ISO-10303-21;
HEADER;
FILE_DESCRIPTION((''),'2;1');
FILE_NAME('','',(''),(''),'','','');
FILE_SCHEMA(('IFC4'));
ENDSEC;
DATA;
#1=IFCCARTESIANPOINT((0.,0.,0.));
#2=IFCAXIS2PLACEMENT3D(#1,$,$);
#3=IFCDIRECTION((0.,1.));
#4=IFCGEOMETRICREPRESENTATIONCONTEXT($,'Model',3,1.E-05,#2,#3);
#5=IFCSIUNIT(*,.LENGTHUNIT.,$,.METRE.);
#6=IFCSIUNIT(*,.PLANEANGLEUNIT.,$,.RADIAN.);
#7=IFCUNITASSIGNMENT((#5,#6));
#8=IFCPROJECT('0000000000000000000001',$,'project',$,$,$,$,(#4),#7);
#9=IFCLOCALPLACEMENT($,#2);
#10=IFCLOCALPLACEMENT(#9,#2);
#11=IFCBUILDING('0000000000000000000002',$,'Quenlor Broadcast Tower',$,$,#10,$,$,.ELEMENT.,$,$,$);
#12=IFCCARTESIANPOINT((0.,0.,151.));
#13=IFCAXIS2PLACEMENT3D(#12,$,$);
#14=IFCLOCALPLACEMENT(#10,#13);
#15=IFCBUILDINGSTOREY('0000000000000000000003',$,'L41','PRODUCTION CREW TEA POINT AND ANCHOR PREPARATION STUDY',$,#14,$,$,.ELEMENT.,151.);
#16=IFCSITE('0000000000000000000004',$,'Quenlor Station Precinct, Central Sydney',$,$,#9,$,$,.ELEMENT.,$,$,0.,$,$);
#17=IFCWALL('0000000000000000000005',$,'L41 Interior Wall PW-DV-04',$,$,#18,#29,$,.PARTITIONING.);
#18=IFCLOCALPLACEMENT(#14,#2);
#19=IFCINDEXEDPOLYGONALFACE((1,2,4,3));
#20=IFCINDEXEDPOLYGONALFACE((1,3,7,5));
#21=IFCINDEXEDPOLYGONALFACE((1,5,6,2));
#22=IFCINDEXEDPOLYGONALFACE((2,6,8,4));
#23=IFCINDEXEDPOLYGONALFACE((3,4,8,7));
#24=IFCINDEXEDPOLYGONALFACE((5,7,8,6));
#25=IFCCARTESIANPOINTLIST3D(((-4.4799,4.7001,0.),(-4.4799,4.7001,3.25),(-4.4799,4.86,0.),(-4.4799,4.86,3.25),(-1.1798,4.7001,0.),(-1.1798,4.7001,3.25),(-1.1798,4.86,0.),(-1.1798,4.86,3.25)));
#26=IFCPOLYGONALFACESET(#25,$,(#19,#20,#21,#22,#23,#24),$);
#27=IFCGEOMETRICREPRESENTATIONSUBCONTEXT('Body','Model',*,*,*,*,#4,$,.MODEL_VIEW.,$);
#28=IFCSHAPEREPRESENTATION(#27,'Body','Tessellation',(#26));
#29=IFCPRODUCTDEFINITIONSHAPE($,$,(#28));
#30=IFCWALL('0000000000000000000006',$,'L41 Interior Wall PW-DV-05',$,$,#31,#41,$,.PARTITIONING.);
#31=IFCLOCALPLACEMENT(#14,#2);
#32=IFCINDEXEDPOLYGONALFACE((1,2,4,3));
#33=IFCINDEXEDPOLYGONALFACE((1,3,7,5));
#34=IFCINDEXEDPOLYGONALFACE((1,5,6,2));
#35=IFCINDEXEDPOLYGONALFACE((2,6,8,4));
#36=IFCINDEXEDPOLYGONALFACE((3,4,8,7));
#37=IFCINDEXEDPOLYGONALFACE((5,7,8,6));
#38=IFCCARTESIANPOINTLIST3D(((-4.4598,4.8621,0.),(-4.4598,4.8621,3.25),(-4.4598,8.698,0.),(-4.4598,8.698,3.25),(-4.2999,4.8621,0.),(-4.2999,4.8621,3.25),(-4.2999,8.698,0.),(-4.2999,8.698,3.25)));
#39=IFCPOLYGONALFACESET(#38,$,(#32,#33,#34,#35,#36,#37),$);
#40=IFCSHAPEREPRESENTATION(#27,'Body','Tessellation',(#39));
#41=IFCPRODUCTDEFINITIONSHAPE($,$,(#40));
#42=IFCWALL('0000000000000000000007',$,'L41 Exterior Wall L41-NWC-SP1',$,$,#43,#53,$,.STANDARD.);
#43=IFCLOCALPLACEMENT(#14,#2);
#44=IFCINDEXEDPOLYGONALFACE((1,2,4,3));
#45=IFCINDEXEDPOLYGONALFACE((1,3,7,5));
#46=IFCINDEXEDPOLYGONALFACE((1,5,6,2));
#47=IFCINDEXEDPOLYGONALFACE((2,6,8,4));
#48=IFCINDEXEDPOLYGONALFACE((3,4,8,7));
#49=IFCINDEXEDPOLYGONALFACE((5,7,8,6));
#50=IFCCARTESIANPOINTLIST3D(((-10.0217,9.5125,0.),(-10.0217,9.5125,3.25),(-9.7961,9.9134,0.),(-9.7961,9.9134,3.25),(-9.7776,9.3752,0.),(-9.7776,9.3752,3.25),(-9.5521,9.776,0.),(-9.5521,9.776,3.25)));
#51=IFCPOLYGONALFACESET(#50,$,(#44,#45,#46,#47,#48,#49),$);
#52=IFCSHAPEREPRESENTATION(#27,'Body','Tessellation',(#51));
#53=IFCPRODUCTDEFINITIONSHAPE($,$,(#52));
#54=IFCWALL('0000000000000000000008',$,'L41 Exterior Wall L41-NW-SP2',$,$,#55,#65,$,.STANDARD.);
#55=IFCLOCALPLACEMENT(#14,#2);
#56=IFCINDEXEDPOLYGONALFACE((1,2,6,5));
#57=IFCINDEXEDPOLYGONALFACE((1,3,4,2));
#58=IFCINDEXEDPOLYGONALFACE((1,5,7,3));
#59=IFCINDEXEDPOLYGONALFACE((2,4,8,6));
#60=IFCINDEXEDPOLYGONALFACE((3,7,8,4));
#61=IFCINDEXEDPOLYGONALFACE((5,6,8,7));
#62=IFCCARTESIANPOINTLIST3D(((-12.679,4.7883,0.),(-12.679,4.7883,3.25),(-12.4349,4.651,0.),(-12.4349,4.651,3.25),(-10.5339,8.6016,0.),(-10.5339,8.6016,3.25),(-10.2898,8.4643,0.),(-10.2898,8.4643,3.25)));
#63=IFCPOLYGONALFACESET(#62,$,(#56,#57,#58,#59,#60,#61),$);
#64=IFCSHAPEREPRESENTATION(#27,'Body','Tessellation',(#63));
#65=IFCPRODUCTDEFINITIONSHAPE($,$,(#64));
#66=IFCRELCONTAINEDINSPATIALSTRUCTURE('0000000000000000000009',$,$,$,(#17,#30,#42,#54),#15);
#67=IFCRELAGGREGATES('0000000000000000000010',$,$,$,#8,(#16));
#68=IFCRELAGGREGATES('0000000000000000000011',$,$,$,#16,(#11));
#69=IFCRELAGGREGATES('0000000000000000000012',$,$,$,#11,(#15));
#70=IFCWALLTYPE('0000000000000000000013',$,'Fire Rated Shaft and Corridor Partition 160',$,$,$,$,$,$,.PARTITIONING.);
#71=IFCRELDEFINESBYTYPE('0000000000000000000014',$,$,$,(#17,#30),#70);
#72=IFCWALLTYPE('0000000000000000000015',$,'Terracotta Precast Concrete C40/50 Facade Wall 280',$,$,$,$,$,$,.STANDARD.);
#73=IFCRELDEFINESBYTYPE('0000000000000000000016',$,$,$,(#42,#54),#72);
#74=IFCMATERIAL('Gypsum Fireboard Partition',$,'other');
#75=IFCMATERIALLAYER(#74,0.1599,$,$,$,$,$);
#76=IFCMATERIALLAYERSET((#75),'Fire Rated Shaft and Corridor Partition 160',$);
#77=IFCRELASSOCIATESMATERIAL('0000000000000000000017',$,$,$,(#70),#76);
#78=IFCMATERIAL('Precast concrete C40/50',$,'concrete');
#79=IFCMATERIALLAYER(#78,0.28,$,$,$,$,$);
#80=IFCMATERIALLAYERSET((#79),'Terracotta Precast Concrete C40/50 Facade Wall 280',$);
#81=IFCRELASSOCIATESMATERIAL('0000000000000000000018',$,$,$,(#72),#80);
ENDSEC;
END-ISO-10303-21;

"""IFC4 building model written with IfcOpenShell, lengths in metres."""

from ifc_helpers import new_model, si_unit, direction, frame, frame_2d, origin, place, context, subcontext, project, spatial, rectangle, extrude, material, layer, layer_set, type_object, element, save


model = new_model("IFC4")

# Units and contexts
model_context = context("Model", 3, precision=1e-05, world=origin(), true_north=direction((0.0, 1.0)))
body_context = subcontext(model_context, "Body", "Model", "MODEL_VIEW")
ifc_project = project(units=[si_unit("LENGTHUNIT", "METRE"), si_unit("PLANEANGLEUNIT", "RADIAN")], contexts=[model_context])

# Site, building, storey
site_placement = place(None, origin())
site = spatial("IfcSite", under=ifc_project, at=site_placement, Name="Quenlor Station Precinct, Central Sydney", CompositionType="ELEMENT", RefElevation=0.0)
building_placement = place(site_placement, origin())
building = spatial("IfcBuilding", under=site, at=building_placement, Name="Quenlor Broadcast Tower", CompositionType="ELEMENT")
storey_placement = place(building_placement, frame((0.0, 0.0, 151.0)))
storey = spatial("IfcBuildingStorey", under=building, at=storey_placement, Name="L41", Description="PRODUCTION CREW TEA POINT AND ANCHOR PREPARATION STUDY", CompositionType="ELEMENT", Elevation=151.0)

# Walls
ifc_material_1 = material(Name="Gypsum Fireboard Partition", Category="other")
ifc_layer_1 = layer(ifc_material_1, 0.1599)
ifc_layer_set_1 = layer_set([ifc_layer_1], Name="Fire Rated Shaft and Corridor Partition 160")
wall_type_1 = type_object("IfcWallType", Name="Fire Rated Shaft and Corridor Partition 160", PredefinedType="PARTITIONING", material=ifc_layer_set_1)
wall_1_placement = place(storey_placement, frame((-1.1799, 4.78, 0.0), z_axis=(0.0, 0.0, 1.0), x_axis=(-1.0, 0.0, 0.0)))
element("IfcWall", 1, at=wall_1_placement, inside=storey, type_object=wall_type_1, Name="L41 Interior Wall PW-DV-04", PredefinedType="PARTITIONING", context=body_context, shape_type="SweptSolid", body=[
    extrude(rectangle(XDim=3.3, YDim=0.1599, at=frame_2d((1.6499, 0.0))), origin(), (0.0, 0.0, 1.0), 3.25),
])
wall_2_placement = place(storey_placement, frame((-4.3799, 4.8621, 0.0), z_axis=(0.0, 0.0, 1.0), x_axis=(0.0, 1.0, 0.0)))
element("IfcWall", 2, at=wall_2_placement, inside=storey, type_object=wall_type_1, Name="L41 Interior Wall PW-DV-05", PredefinedType="PARTITIONING", context=body_context, shape_type="SweptSolid", body=[
    extrude(rectangle(XDim=3.8359, YDim=0.1599, at=frame_2d((1.918, 0.0))), origin(), (0.0, 0.0, 1.0), 3.25),
])
ifc_material_2 = material(Name="Precast concrete C40/50", Category="concrete")
ifc_layer_2 = layer(ifc_material_2, 0.28)
ifc_layer_set_2 = layer_set([ifc_layer_2], Name="Terracotta Precast Concrete C40/50 Facade Wall 280")
wall_type_2 = type_object("IfcWallType", Name="Terracotta Precast Concrete C40/50 Facade Wall 280", PredefinedType="STANDARD", material=ifc_layer_set_2)
wall_3_placement = place(storey_placement, frame((-9.8997, 9.4438, 0.0), z_axis=(0.0, 0.0, 1.0), x_axis=(0.490412, 0.87149, 0.0)))
element("IfcWall", 3, at=wall_3_placement, inside=storey, type_object=wall_type_2, Name="L41 Exterior Wall L41-NWC-SP1", PredefinedType="STANDARD", context=body_context, shape_type="SweptSolid", body=[
    extrude(rectangle(XDim=0.46, YDim=0.28, at=frame_2d((0.23, 0.0))), origin(), (0.0, 0.0, 1.0), 3.25),
])
wall_4_placement = place(storey_placement, frame((-12.5569, 4.7197, 0.0), z_axis=(0.0, 0.0, 1.0), x_axis=(0.490274, 0.871568, 0.0)))
element("IfcWall", 4, at=wall_4_placement, inside=storey, type_object=wall_type_2, Name="L41 Exterior Wall L41-NW-SP2", PredefinedType="STANDARD", context=body_context, shape_type="SweptSolid", body=[
    extrude(rectangle(XDim=4.3752, YDim=0.28, at=frame_2d((2.1875, 0.0))), origin(), (0.0, 0.0, 1.0), 3.25),
])

save(model, "model.ifc")
